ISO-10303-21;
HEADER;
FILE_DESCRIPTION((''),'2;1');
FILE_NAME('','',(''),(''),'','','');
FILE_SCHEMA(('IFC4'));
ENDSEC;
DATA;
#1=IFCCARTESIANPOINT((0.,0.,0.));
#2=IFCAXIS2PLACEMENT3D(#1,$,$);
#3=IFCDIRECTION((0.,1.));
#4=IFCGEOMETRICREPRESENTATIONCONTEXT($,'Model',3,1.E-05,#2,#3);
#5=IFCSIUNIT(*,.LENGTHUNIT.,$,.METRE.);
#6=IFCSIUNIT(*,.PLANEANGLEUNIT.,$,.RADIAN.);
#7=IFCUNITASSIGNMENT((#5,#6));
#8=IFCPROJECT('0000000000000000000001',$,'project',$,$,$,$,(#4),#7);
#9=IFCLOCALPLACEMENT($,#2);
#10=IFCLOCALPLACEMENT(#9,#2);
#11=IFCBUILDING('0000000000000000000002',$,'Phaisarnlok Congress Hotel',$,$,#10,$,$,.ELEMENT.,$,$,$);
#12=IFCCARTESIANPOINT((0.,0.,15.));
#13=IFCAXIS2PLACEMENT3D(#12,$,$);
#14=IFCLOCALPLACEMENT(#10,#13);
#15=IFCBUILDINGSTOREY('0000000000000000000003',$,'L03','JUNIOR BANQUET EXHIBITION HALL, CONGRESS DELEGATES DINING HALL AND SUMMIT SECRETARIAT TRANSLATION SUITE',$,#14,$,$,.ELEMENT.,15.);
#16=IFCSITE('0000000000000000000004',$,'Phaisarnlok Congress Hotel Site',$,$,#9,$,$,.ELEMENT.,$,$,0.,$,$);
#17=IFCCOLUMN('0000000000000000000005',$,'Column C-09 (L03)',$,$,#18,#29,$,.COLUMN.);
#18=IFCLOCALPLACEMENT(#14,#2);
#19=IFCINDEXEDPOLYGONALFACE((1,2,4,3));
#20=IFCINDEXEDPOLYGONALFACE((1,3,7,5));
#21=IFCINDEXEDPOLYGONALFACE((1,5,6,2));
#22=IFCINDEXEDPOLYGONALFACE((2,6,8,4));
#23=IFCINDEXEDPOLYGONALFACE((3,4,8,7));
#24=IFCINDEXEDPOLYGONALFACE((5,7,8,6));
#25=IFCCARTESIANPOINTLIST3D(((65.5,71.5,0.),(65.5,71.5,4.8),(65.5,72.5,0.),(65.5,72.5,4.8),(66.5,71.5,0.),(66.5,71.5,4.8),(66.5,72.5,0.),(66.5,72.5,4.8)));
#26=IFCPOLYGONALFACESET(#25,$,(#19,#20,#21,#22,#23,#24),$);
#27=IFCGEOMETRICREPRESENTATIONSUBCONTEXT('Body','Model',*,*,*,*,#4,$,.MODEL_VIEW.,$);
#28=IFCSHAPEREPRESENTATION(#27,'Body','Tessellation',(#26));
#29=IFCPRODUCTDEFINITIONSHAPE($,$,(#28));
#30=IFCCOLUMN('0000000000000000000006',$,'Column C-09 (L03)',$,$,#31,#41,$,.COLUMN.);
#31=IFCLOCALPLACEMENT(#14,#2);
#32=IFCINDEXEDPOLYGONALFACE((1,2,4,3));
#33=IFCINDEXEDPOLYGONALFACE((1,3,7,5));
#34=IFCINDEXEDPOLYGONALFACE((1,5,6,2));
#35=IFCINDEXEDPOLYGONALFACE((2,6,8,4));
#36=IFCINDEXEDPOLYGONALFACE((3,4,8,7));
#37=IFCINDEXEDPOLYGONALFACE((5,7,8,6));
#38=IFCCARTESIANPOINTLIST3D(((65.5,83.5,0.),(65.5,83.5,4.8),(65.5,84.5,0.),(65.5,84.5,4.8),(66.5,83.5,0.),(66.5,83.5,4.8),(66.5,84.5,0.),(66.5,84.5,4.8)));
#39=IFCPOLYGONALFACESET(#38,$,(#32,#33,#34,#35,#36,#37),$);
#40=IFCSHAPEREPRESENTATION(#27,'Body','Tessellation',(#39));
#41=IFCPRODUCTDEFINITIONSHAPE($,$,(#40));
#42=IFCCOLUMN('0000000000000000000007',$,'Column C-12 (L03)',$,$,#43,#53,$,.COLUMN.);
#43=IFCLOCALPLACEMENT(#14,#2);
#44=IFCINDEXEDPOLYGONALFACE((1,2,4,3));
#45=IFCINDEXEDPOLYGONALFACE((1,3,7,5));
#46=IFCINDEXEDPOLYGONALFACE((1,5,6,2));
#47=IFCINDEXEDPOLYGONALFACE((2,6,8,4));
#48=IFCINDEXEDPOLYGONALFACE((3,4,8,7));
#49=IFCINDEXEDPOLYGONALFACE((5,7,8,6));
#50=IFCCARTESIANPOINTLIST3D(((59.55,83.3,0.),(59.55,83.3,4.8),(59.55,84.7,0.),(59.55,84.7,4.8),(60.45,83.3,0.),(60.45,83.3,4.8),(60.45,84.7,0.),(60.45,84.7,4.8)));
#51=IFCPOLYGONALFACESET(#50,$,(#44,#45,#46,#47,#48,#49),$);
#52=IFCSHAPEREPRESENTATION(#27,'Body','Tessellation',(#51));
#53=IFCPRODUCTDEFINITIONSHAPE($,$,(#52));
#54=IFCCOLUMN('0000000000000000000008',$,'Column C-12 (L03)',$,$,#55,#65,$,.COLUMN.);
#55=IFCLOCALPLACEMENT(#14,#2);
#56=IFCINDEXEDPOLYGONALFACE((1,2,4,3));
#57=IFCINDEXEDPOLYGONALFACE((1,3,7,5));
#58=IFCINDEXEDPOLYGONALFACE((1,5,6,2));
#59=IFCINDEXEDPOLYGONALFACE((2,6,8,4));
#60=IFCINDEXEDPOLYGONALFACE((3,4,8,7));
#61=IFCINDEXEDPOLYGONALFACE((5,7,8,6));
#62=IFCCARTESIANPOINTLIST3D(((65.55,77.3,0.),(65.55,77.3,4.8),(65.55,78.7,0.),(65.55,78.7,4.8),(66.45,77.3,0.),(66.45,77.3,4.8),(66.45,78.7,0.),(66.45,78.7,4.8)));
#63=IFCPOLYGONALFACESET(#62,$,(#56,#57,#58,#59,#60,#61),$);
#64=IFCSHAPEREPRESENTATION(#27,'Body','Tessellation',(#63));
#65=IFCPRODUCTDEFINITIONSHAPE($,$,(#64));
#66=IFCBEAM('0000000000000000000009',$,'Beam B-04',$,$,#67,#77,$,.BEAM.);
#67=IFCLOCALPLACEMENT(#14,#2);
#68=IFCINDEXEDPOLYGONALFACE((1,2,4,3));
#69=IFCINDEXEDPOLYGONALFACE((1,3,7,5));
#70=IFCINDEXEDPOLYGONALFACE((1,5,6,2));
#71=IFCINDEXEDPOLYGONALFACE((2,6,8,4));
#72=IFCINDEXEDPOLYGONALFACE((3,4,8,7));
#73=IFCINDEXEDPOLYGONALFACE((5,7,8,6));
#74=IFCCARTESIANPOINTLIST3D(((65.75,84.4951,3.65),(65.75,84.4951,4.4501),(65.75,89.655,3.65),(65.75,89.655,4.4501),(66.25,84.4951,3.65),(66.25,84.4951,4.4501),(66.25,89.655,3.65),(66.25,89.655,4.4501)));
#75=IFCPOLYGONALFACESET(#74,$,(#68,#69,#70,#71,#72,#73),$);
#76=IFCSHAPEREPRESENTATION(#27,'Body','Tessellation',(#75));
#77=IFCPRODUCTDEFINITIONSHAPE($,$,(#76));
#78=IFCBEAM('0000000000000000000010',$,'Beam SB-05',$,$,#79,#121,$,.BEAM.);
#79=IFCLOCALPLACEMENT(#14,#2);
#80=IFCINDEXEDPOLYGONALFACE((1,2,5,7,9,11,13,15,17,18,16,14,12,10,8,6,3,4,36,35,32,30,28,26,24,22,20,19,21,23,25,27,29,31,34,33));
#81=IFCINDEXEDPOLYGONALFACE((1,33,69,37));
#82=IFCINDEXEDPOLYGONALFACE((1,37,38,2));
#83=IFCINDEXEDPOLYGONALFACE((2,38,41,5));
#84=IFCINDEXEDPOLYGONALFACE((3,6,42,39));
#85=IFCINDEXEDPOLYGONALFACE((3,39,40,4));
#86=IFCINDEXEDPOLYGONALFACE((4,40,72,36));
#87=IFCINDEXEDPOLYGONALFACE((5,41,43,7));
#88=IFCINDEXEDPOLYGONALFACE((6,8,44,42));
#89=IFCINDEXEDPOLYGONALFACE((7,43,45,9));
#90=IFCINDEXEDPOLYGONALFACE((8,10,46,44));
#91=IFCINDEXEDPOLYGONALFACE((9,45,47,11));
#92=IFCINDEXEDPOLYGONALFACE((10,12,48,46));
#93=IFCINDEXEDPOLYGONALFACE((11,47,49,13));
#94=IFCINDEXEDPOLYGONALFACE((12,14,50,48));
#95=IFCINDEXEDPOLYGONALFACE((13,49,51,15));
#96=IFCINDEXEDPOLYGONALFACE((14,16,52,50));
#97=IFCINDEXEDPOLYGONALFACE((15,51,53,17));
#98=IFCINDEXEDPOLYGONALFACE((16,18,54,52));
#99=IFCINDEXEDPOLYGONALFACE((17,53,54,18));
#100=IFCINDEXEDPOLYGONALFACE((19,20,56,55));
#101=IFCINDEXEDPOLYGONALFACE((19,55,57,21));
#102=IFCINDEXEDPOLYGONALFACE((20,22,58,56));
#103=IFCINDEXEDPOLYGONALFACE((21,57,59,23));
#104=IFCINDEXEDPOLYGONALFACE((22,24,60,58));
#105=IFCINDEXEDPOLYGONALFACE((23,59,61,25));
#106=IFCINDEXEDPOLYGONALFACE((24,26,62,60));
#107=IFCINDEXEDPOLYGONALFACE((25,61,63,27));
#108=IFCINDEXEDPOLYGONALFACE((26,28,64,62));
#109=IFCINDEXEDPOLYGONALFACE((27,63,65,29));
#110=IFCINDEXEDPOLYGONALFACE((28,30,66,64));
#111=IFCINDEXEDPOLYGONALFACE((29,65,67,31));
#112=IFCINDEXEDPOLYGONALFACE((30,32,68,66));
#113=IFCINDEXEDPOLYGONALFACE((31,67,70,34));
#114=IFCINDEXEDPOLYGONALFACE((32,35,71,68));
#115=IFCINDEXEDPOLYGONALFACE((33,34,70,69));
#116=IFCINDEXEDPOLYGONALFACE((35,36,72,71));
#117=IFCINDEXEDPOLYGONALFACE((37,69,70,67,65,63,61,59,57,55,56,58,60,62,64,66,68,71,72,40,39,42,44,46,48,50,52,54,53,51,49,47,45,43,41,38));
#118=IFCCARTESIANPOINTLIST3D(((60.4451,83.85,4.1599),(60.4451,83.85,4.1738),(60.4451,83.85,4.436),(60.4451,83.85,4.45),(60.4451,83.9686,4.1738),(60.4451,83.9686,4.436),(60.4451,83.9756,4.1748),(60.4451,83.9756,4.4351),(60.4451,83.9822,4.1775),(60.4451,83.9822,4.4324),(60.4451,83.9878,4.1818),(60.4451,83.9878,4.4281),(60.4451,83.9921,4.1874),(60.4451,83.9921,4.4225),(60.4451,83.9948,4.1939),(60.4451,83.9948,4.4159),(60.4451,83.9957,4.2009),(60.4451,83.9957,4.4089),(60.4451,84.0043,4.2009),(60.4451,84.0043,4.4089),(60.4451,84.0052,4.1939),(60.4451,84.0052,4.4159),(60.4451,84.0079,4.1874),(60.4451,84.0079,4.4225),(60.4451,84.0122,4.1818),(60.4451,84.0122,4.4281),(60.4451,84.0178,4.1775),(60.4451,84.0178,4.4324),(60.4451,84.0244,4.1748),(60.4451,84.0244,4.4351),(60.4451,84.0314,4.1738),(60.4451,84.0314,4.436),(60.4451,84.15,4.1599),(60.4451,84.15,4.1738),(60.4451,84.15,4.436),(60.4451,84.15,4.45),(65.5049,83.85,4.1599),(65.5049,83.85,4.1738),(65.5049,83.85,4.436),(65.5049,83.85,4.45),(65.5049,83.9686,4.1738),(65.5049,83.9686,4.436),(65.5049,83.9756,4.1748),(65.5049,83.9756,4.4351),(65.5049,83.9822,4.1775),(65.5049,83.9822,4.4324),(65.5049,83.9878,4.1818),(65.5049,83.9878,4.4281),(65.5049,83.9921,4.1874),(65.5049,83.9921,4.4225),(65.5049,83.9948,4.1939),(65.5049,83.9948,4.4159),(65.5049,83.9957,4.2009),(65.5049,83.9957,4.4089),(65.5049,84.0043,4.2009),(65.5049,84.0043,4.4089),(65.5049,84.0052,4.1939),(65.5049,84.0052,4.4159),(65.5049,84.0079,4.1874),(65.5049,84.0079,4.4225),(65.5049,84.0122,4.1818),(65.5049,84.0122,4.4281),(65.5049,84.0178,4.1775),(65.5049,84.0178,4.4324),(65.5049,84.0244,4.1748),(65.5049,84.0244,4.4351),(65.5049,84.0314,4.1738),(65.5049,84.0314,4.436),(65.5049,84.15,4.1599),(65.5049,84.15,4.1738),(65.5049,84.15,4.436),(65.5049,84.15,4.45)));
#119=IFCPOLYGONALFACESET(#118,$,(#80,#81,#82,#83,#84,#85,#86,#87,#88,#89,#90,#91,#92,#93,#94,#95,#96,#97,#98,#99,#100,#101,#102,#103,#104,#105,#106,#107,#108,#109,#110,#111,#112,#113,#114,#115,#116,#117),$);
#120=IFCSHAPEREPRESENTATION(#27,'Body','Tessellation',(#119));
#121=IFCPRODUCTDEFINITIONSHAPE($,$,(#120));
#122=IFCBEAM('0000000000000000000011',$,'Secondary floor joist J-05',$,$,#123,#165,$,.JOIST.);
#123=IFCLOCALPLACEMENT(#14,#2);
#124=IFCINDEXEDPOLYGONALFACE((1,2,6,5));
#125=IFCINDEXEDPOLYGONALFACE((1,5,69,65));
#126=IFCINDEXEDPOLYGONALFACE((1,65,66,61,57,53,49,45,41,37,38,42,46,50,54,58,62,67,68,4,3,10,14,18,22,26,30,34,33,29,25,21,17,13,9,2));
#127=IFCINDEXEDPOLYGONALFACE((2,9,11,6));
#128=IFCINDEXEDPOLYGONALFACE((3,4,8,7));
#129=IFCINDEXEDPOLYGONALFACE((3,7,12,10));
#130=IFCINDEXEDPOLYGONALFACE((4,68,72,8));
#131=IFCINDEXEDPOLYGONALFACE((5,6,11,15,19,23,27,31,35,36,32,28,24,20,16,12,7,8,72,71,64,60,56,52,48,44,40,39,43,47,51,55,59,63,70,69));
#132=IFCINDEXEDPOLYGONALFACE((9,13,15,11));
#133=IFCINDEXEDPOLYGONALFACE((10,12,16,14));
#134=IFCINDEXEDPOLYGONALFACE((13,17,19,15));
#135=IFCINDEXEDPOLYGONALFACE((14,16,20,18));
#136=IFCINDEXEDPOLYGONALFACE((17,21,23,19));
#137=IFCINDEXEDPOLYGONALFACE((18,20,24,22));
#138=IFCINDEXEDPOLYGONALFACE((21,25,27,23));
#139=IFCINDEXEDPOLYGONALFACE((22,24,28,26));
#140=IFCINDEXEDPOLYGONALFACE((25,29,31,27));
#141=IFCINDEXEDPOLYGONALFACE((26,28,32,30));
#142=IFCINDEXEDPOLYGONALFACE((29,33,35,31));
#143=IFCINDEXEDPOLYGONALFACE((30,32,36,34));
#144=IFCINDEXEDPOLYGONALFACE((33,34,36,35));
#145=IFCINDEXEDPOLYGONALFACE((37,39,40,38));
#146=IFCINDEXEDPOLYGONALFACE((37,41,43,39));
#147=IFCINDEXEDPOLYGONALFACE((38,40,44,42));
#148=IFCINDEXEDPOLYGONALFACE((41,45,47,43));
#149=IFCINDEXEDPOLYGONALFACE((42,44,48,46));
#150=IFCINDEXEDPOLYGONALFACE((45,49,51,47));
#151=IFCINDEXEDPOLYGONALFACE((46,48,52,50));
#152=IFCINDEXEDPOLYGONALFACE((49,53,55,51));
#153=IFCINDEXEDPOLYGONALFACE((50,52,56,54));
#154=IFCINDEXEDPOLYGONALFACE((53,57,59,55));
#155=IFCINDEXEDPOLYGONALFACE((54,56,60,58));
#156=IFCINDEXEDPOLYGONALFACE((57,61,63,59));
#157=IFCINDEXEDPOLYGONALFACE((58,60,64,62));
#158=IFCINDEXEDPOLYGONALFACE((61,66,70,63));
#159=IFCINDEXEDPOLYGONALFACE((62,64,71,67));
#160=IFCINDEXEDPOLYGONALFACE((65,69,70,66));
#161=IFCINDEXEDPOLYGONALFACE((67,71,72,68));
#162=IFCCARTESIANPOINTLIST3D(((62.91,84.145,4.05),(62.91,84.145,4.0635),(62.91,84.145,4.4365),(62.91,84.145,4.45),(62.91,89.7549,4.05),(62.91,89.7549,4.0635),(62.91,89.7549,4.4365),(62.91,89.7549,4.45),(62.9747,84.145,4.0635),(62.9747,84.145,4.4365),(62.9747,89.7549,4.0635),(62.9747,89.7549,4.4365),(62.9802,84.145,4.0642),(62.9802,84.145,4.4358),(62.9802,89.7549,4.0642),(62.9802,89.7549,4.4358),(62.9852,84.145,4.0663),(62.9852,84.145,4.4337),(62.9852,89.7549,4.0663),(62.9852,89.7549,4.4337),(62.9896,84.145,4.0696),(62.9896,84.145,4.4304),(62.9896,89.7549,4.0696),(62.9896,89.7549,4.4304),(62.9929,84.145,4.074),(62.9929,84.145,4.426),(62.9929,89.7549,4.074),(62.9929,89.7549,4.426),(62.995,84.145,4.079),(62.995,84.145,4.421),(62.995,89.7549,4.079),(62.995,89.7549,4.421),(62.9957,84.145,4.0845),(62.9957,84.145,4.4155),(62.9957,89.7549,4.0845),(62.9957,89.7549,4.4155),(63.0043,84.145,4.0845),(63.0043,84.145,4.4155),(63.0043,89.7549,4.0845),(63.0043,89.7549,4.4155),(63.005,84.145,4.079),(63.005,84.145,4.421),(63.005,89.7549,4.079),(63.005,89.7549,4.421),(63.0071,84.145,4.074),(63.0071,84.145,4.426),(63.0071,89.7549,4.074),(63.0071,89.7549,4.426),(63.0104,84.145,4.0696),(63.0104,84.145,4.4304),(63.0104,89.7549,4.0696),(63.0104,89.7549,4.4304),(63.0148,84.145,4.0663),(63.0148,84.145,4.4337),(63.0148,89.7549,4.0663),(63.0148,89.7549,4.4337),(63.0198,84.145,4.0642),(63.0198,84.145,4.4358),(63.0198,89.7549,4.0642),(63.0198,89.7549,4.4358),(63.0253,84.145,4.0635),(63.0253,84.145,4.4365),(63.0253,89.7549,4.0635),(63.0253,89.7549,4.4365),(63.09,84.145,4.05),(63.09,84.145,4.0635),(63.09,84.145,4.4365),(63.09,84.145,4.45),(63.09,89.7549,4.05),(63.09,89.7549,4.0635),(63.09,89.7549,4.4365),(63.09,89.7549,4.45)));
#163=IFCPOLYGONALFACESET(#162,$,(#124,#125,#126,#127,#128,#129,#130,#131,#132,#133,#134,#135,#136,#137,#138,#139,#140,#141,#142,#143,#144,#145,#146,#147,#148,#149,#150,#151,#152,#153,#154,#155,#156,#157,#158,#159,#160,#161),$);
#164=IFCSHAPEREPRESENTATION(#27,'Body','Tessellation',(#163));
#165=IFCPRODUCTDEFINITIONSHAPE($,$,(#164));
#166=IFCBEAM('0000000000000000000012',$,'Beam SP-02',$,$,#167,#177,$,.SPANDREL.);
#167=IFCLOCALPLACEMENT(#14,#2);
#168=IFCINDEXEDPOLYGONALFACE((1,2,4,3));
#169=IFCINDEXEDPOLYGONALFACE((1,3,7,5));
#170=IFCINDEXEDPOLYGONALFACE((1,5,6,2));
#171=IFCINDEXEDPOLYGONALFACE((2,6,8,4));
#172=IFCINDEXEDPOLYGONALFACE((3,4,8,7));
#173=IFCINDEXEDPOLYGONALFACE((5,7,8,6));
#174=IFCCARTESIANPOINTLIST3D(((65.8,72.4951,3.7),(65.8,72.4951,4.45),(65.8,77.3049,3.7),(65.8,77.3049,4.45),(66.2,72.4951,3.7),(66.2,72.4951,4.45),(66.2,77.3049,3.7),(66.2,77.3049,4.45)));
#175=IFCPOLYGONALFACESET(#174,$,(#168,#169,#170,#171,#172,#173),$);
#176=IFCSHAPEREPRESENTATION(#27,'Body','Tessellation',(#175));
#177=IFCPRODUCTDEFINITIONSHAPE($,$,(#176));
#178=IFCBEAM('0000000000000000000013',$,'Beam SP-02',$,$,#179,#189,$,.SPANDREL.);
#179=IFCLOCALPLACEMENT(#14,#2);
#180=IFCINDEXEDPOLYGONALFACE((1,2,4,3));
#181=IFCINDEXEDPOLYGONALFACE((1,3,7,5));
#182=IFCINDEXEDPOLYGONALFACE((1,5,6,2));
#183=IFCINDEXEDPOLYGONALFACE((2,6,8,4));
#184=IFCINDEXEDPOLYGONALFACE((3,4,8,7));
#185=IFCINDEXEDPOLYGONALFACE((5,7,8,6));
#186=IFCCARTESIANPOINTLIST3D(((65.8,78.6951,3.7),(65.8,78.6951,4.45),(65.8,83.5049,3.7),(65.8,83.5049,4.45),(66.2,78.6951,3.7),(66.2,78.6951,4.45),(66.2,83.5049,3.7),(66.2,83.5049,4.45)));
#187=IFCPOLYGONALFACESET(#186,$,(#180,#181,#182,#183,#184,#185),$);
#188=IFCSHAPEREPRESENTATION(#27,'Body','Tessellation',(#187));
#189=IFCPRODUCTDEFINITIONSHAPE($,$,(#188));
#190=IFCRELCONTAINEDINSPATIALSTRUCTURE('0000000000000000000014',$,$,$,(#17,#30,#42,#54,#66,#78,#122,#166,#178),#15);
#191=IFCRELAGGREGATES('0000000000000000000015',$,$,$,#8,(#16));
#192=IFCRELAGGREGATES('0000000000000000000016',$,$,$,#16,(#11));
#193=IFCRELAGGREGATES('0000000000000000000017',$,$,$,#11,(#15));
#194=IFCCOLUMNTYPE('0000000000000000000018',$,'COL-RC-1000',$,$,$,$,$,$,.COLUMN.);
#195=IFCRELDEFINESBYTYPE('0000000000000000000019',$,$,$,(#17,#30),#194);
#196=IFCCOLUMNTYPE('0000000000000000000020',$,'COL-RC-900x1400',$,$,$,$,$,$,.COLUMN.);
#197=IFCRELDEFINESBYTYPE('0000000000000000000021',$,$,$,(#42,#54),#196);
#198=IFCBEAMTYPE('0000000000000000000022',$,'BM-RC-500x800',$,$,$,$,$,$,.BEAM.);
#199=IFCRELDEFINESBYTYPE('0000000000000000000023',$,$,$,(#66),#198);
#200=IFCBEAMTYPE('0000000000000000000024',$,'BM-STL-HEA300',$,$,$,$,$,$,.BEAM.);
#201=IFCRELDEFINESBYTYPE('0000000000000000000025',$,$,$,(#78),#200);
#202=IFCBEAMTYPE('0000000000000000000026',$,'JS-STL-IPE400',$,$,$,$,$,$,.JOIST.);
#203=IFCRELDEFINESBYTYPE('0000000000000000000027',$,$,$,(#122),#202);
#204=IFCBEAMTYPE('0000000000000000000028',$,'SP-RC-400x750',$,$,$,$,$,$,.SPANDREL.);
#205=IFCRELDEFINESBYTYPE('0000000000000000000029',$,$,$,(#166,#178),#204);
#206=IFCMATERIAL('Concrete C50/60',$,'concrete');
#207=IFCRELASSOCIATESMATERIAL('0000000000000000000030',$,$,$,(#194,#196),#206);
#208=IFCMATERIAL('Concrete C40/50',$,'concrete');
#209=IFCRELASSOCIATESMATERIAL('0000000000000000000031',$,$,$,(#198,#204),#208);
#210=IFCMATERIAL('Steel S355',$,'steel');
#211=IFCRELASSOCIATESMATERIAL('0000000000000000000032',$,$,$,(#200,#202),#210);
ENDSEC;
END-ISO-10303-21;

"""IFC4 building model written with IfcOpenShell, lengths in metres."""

from ifc_helpers import new_model, si_unit, direction, frame, origin, origin_2d, place, context, subcontext, project, spatial, rectangle, i_section, extrude, material, material_profile, profile_set, type_object, element, save


model = new_model("IFC4")

# Units and contexts
model_context = context("Model", 3, precision=1e-05, world=origin(), true_north=direction((0.0, 1.0)))
body_context = subcontext(model_context, "Body", "Model", "MODEL_VIEW")
ifc_project = project(units=[si_unit("LENGTHUNIT", "METRE"), si_unit("PLANEANGLEUNIT", "RADIAN")], contexts=[model_context])

# Site, building, storey
site_placement = place(None, origin())
site = spatial("IfcSite", under=ifc_project, at=site_placement, Name="Phaisarnlok Congress Hotel Site", CompositionType="ELEMENT", RefElevation=0.0)
building_placement = place(site_placement, origin())
building = spatial("IfcBuilding", under=site, at=building_placement, Name="Phaisarnlok Congress Hotel", CompositionType="ELEMENT")
storey_placement = place(building_placement, frame((0.0, 0.0, 15.0)))
storey = spatial("IfcBuildingStorey", under=building, at=storey_placement, Name="L03", Description="JUNIOR BANQUET EXHIBITION HALL, CONGRESS DELEGATES DINING HALL AND SUMMIT SECRETARIAT TRANSLATION SUITE", CompositionType="ELEMENT", Elevation=15.0)

# Columns
ifc_material_1 = material(Name="Concrete C50/60", Category="concrete")
ifc_material_profile_1 = material_profile(ifc_material_1, rectangle(XDim=1.0, YDim=1.0, at=origin_2d()), Name="RC 1000x1000")
ifc_profile_set_1 = profile_set([ifc_material_profile_1], Name="Concrete C50/60")
column_type_1 = type_object("IfcColumnType", Name="COL-RC-1000", PredefinedType="COLUMN", material=ifc_profile_set_1)
for number, where, z_axis, x_axis, name in (
    (1, (66.0, 72.0, 0.0), (0.0, 0.0, 1.0), (1.0, 0.0, 0.0), "Column C-09 (L03)"),
    (2, (66.0, 84.0, 0.0), (0.0, 0.0, 1.0), (1.0, 0.0, 0.0), "Column C-09 (L03)"),
):
    element("IfcColumn", number, at=place(storey_placement, frame(where, z_axis=z_axis, x_axis=x_axis)), inside=storey, type_object=column_type_1, Name=name, PredefinedType="COLUMN", context=body_context, shape_type="SweptSolid", body=[
        extrude(rectangle(XDim=1.0, YDim=1.0, at=origin_2d()), origin(), (0.0, 0.0, 1.0), 4.8),
    ])
ifc_material_profile_2 = material_profile(ifc_material_1, rectangle(XDim=0.8999, YDim=1.3999, at=origin_2d()), Name="RC 900x1400")
ifc_profile_set_2 = profile_set([ifc_material_profile_2], Name="Concrete C50/60")
column_type_2 = type_object("IfcColumnType", Name="COL-RC-900x1400", PredefinedType="COLUMN", material=ifc_profile_set_2)
for number, where, z_axis, x_axis, name in (
    (3, (60.0, 84.0, 0.0), (0.0, 0.0, 1.0), (1.0, 0.0, 0.0), "Column C-12 (L03)"),
    (4, (66.0, 78.0, 0.0), (0.0, 0.0, 1.0), (1.0, 0.0, 0.0), "Column C-12 (L03)"),
):
    element("IfcColumn", number, at=place(storey_placement, frame(where, z_axis=z_axis, x_axis=x_axis)), inside=storey, type_object=column_type_2, Name=name, PredefinedType="COLUMN", context=body_context, shape_type="SweptSolid", body=[
        extrude(rectangle(XDim=0.8999, YDim=1.3999, at=origin_2d()), origin(), (0.0, 0.0, 1.0), 4.8),
    ])

# Beams
ifc_material_2 = material(Name="Concrete C40/50", Category="concrete")
ifc_material_profile_3 = material_profile(ifc_material_2, rectangle(XDim=0.5, YDim=0.8, at=origin_2d()), Name="RC 500x800")
ifc_profile_set_3 = profile_set([ifc_material_profile_3], Name="Concrete C40/50")
beam_type_1 = type_object("IfcBeamType", Name="BM-RC-500x800", PredefinedType="BEAM", material=ifc_profile_set_3)
beam_1_placement = place(storey_placement, frame((66.0, 84.4951, 4.05), z_axis=(0.0, 1.0, 0.0), x_axis=(-1.0, 0.0, 0.0)))
element("IfcBeam", 5, at=beam_1_placement, inside=storey, type_object=beam_type_1, Name="Beam B-04", PredefinedType="BEAM", context=body_context, shape_type="SweptSolid", body=[
    extrude(rectangle(XDim=0.5, YDim=0.8, at=origin_2d()), origin(), (0.0, 0.0, 1.0), 5.1599),
])
ifc_material_3 = material(Name="Steel S355", Category="steel")
ifc_material_profile_4 = material_profile(ifc_material_3, i_section(OverallWidth=0.3, OverallDepth=0.29, WebThickness=0.0085, FlangeThickness=0.0139, FilletRadius=0.0271, at=origin_2d()), Name="HEA 300")
ifc_profile_set_4 = profile_set([ifc_material_profile_4], Name="Steel S355")
beam_type_2 = type_object("IfcBeamType", Name="BM-STL-HEA300", PredefinedType="BEAM", material=ifc_profile_set_4)
beam_2_placement = place(storey_placement, frame((60.4451, 84.0, 4.3049), z_axis=(1.0, 0.0, 0.0), x_axis=(0.0, 1.0, 0.0)))
element("IfcBeam", 6, at=beam_2_placement, inside=storey, type_object=beam_type_2, Name="Beam SB-05", PredefinedType="BEAM", context=body_context, shape_type="SweptSolid", body=[
    extrude(i_section(OverallWidth=0.3, OverallDepth=0.29, WebThickness=0.0085, FlangeThickness=0.0139, FilletRadius=0.0271, at=origin_2d()), origin(), (0.0, 0.0, 1.0), 5.0598),
])
ifc_material_profile_5 = material_profile(ifc_material_3, i_section(OverallWidth=0.1799, OverallDepth=0.3999, WebThickness=0.0085, FlangeThickness=0.0134, FilletRadius=0.021, at=origin_2d()), Name="IPE 400")
ifc_profile_set_5 = profile_set([ifc_material_profile_5], Name="Steel S355")
beam_type_3 = type_object("IfcBeamType", Name="JS-STL-IPE400", PredefinedType="JOIST", material=ifc_profile_set_5)
beam_3_placement = place(storey_placement, frame((63.0, 84.145, 4.25), z_axis=(0.0, 1.0, 0.0), x_axis=(-1.0, 0.0, 0.0)))
element("IfcBeam", 7, at=beam_3_placement, inside=storey, type_object=beam_type_3, Name="Secondary floor joist J-05", PredefinedType="JOIST", context=body_context, shape_type="SweptSolid", body=[
    extrude(i_section(OverallWidth=0.1799, OverallDepth=0.3999, WebThickness=0.0085, FlangeThickness=0.0134, FilletRadius=0.021, at=origin_2d()), origin(), (0.0, 0.0, 1.0), 5.6099),
])
ifc_material_profile_6 = material_profile(ifc_material_2, rectangle(XDim=0.3999, YDim=0.75, at=origin_2d()), Name="RC 400x750")
ifc_profile_set_6 = profile_set([ifc_material_profile_6], Name="Concrete C40/50")
beam_type_4 = type_object("IfcBeamType", Name="SP-RC-400x750", PredefinedType="SPANDREL", material=ifc_profile_set_6)
for number, where, z_axis, x_axis, name in (
    (8, (66.0, 72.4951, 4.075), (0.0, 1.0, 0.0), (-1.0, 0.0, 0.0), "Beam SP-02"),
    (9, (66.0, 78.6951, 4.075), (0.0, 1.0, 0.0), (-1.0, 0.0, 0.0), "Beam SP-02"),
):
    element("IfcBeam", number, at=place(storey_placement, frame(where, z_axis=z_axis, x_axis=x_axis)), inside=storey, type_object=beam_type_4, Name=name, PredefinedType="SPANDREL", context=body_context, shape_type="SweptSolid", body=[
        extrude(rectangle(XDim=0.3999, YDim=0.75, at=origin_2d()), origin(), (0.0, 0.0, 1.0), 4.8098),
    ])

save(model, "model.ifc")
